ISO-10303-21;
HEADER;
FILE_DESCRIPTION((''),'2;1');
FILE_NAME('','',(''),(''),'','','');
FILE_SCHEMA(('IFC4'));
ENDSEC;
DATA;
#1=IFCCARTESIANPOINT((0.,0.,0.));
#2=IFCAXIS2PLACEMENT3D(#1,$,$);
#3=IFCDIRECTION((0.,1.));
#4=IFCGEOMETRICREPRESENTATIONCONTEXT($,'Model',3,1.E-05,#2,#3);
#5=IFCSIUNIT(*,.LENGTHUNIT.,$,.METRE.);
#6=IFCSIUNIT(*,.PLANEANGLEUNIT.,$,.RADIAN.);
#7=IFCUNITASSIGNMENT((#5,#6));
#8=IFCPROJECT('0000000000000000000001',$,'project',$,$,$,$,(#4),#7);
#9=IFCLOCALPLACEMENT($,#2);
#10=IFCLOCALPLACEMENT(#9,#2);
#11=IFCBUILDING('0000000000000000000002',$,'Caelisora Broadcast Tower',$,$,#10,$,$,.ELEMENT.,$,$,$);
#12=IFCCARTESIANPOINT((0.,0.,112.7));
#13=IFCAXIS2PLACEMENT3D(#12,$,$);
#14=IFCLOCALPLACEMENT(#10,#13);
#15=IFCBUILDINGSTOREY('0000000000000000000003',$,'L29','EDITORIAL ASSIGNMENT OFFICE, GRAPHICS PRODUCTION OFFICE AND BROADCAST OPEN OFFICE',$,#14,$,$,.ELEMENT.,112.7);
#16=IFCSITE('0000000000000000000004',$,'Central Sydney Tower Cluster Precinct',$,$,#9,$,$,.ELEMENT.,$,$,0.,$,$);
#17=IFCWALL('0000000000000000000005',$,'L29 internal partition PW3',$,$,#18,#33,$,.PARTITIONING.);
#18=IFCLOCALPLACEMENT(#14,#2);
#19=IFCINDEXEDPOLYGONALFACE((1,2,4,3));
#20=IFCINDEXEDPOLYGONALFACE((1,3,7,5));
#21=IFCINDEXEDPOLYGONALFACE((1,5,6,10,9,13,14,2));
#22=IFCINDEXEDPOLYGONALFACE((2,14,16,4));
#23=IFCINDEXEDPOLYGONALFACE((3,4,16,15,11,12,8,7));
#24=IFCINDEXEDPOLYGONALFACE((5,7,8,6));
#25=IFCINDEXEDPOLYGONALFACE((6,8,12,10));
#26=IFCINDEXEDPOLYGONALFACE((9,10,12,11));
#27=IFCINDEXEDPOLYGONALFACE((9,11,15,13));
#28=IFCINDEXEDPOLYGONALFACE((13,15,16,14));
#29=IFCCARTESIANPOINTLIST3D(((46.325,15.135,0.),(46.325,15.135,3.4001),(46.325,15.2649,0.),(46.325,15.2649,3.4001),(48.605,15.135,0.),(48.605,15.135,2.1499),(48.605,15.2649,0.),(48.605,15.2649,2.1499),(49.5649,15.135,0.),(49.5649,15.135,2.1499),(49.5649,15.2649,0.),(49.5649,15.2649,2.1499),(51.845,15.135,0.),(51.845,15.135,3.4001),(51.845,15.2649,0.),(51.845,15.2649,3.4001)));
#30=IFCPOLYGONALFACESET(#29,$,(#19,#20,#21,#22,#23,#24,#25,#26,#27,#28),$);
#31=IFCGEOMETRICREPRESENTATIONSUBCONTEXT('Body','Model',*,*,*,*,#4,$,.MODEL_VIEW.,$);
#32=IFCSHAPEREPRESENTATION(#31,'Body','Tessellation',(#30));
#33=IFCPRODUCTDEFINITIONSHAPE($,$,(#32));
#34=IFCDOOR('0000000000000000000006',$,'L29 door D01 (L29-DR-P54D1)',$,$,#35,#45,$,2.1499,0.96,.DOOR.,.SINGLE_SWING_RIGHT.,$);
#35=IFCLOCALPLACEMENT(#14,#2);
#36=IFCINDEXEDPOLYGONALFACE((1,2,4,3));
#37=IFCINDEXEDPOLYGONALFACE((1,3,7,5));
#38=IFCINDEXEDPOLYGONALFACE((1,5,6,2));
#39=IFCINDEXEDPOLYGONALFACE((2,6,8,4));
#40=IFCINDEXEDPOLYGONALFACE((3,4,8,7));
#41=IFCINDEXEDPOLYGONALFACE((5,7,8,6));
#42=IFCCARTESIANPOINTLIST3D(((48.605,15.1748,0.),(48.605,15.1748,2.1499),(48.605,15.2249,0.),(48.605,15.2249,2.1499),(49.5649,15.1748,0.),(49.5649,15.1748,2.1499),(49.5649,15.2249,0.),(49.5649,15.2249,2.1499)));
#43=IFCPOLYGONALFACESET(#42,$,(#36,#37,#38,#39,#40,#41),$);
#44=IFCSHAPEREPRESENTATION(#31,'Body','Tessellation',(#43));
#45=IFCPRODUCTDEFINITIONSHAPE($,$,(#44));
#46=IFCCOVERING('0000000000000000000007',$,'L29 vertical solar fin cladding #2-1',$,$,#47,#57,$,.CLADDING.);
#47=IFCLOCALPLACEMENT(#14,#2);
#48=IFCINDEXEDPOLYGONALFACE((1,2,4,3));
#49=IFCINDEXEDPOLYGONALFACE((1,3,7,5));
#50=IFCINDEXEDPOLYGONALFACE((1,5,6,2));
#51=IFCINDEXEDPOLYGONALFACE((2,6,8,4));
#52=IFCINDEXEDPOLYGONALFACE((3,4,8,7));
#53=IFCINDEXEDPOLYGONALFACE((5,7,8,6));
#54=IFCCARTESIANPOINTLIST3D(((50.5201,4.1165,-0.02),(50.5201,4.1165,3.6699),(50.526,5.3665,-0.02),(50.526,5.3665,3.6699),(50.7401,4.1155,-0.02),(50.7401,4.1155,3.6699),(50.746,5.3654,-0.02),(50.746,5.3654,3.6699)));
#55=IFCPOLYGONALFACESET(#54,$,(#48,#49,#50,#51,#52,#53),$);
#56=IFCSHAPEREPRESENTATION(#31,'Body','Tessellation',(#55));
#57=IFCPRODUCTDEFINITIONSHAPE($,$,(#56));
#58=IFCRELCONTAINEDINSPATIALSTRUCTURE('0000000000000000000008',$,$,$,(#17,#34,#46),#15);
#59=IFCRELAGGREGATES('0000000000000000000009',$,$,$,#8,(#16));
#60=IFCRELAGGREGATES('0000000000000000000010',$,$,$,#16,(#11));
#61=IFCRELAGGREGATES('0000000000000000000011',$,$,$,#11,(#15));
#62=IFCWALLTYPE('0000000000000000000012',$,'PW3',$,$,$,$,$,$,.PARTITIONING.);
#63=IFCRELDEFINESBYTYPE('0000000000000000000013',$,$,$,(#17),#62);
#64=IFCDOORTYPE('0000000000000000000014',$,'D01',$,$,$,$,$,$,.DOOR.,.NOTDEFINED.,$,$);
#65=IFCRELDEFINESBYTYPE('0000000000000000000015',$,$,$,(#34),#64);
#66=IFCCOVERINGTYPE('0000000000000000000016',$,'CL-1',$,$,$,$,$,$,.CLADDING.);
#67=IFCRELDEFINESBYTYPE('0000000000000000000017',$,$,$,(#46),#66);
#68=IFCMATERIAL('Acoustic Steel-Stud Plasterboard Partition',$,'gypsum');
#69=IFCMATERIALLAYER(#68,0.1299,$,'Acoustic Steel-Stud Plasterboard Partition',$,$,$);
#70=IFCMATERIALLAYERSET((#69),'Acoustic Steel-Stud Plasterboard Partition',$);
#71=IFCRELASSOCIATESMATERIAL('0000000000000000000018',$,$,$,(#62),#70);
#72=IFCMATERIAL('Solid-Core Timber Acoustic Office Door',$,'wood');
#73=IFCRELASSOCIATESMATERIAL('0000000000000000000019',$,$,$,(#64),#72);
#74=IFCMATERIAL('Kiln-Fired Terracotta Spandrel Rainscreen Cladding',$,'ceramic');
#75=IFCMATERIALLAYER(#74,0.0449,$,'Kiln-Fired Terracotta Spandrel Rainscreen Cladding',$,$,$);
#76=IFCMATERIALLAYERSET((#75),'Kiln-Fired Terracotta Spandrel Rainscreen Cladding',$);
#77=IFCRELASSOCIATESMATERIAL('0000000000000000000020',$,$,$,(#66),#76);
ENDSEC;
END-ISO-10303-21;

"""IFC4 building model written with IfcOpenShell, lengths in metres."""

from ifc_helpers import new_model, si_unit, direction, frame, frame_2d, origin, origin_2d, place, context, subcontext, project, spatial, rectangle, extrude, source, transform, mapped, material, layer, layer_set, type_object, type_shapes, element, fill, save


model = new_model("IFC4")

# Units and contexts
model_context = context("Model", 3, precision=1e-05, world=origin(), true_north=direction((0.0, 1.0)))
body_context = subcontext(model_context, "Body", "Model", "MODEL_VIEW")
ifc_project = project(units=[si_unit("LENGTHUNIT", "METRE"), si_unit("PLANEANGLEUNIT", "RADIAN")], contexts=[model_context])

# Site, building, storey
site_placement = place(None, origin())
site = spatial("IfcSite", under=ifc_project, at=site_placement, Name="Central Sydney Tower Cluster Precinct", CompositionType="ELEMENT", RefElevation=0.0)
building_placement = place(site_placement, origin())
building = spatial("IfcBuilding", under=site, at=building_placement, Name="Caelisora Broadcast Tower", CompositionType="ELEMENT")
storey_placement = place(building_placement, frame((0.0, 0.0, 112.7)))
storey = spatial("IfcBuildingStorey", under=building, at=storey_placement, Name="L29", Description="EDITORIAL ASSIGNMENT OFFICE, GRAPHICS PRODUCTION OFFICE AND BROADCAST OPEN OFFICE", CompositionType="ELEMENT", Elevation=112.7)

# Shared definitions
ifc_material_1 = material(Name="Acoustic Steel-Stud Plasterboard Partition", Category="gypsum")
ifc_layer_1 = layer(ifc_material_1, 0.1299, Name="Acoustic Steel-Stud Plasterboard Partition")
ifc_layer_set_1 = layer_set([ifc_layer_1], Name="Acoustic Steel-Stud Plasterboard Partition")
wall_type = type_object("IfcWallType", Name="PW3", PredefinedType="PARTITIONING", material=ifc_layer_set_1)

# Wall, opening, door
ifc_material_2 = material(Name="Solid-Core Timber Acoustic Office Door", Category="wood")
door_type = type_object("IfcDoorType", Name="D01", OperationType="NOTDEFINED", PredefinedType="DOOR", material=ifc_material_2)
wall_1_placement = place(storey_placement, frame((46.325, 15.2, 0.0), z_axis=(0.0, 0.0, 1.0), x_axis=(1.0, 0.0, 0.0)))
wall_1 = element("IfcWall", 1, at=wall_1_placement, inside=storey, type_object=wall_type, Name="L29 internal partition PW3", PredefinedType="PARTITIONING", context=body_context, shape_type="SweptSolid", body=[
    extrude(rectangle(XDim=5.52, YDim=0.1299, at=frame_2d((2.76, 0.0))), origin(), (0.0, 0.0, 1.0), 3.4001),
])
opening_1_placement = place(wall_1_placement, frame((2.28, 0.0, 0.0)))
opening_1 = element("IfcOpeningElement", 2, at=opening_1_placement, cuts=wall_1, PredefinedType="OPENING", context=body_context, shape_type="SweptSolid", body=[
    extrude(rectangle(XDim=0.96, YDim=2.1499, at=frame_2d((0.48, 1.075))), frame((0.0, 0.0769, 0.0), z_axis=(0.0, -1.0, 0.0), x_axis=(1.0, 0.0, 0.0)), (0.0, 0.0, 1.0), 0.1538),
])
door_1_placement = place(opening_1_placement, origin())
door_1 = element("IfcDoor", 3, at=door_1_placement, inside=storey, type_object=door_type, Name="L29 door D01 (L29-DR-P54D1)", OperationType="SINGLE_SWING_RIGHT", OverallHeight=2.1499, OverallWidth=0.96, PredefinedType="DOOR", context=body_context, shape_type="SweptSolid", body=[
    extrude(rectangle(XDim=0.96, YDim=2.1499, at=frame_2d((0.48, 1.075))), frame((0.0, 0.0249, 0.0), z_axis=(0.0, -1.0, 0.0), x_axis=(1.0, 0.0, 0.0)), (0.0, 0.0, 1.0), 0.05),
])
fill(opening_1, door_1)

# Covering
ifc_material_3 = material(Name="Kiln-Fired Terracotta Spandrel Rainscreen Cladding", Category="ceramic")
ifc_layer_2 = layer(ifc_material_3, 0.0449, Name="Kiln-Fired Terracotta Spandrel Rainscreen Cladding")
ifc_layer_set_2 = layer_set([ifc_layer_2], Name="Kiln-Fired Terracotta Spandrel Rainscreen Cladding")
covering_type = type_object("IfcCoveringType", Name="CL-1", PredefinedType="CLADDING", material=ifc_layer_set_2)
shared_shape_1 = source(origin(), body_context, "Body", "SweptSolid", [
    extrude(rectangle(XDim=0.22, YDim=1.25, at=origin_2d()), origin(), (0.0, 0.0, 1.0), 3.6899),
])
type_shapes(covering_type, [shared_shape_1])
covering_placement = place(storey_placement, frame((50.6331, 4.741, -0.02), z_axis=(0.0, 0.0, 1.0), x_axis=(-0.999989, 0.004712, 0.0)))
element("IfcCovering", 4, at=covering_placement, inside=storey, type_object=covering_type, Name="L29 vertical solar fin cladding #2-1", PredefinedType="CLADDING", context=body_context, shape_type="MappedRepresentation", body=[
    mapped(shared_shape_1, transform((0.0, 0.0, 0.0), scale=1.0)),
])

save(model, "model.ifc")
